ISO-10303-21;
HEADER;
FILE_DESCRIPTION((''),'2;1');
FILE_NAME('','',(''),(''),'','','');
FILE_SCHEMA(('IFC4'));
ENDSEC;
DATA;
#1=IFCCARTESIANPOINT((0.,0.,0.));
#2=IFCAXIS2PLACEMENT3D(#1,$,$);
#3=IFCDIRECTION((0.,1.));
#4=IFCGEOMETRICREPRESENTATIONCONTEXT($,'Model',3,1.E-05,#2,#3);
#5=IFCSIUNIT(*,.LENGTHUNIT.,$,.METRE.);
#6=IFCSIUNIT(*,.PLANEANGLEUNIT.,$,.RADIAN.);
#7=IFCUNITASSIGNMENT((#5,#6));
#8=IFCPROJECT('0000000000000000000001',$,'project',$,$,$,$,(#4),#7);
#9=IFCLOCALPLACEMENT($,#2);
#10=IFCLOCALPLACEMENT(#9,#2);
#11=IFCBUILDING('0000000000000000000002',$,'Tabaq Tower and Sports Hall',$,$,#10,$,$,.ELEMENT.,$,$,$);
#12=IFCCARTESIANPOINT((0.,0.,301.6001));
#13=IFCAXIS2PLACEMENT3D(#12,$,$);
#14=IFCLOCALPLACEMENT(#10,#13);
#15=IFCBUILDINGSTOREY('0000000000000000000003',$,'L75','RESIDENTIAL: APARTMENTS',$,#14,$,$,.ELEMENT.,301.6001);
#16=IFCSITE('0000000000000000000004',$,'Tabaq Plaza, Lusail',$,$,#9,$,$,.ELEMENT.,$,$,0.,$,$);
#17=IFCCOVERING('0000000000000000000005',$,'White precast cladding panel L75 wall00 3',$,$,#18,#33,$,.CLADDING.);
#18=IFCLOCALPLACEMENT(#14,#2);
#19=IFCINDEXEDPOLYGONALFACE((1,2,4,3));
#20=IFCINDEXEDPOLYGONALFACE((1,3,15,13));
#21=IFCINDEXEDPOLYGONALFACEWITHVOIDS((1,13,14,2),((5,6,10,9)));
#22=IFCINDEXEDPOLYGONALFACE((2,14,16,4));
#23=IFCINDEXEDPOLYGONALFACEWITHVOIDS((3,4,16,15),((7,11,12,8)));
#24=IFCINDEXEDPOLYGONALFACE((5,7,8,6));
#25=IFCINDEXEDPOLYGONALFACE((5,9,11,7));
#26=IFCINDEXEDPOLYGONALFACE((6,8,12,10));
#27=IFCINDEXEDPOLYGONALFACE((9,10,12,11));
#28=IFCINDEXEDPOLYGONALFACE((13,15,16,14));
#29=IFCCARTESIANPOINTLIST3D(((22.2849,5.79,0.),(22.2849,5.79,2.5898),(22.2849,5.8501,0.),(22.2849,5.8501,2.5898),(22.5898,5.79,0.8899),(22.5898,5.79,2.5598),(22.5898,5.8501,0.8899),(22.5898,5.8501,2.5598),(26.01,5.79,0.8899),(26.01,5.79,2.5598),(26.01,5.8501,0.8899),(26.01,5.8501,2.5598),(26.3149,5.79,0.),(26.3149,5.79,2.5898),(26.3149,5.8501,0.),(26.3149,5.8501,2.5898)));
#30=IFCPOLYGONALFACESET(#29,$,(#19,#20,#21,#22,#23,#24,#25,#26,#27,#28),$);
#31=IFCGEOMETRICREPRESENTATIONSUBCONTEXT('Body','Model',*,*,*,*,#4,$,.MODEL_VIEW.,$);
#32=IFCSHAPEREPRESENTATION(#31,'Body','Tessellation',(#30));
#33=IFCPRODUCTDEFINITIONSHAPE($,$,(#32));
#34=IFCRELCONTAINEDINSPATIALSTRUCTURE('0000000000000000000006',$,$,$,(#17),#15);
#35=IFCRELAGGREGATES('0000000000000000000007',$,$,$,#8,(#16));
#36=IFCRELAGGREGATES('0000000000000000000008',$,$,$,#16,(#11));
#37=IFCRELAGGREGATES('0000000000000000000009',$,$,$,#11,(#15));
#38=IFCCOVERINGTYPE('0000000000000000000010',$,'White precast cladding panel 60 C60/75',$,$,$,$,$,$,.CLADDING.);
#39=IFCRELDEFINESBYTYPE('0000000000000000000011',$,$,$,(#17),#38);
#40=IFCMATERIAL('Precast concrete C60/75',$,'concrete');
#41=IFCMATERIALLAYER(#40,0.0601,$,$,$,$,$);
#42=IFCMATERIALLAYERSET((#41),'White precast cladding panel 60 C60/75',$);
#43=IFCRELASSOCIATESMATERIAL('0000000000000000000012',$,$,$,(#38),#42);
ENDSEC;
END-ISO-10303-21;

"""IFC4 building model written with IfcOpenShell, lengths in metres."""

from ifc_helpers import new_model, si_unit, direction, frame, origin, place, context, subcontext, project, spatial, polyline, outline, extrude, material, layer, layer_set, type_object, element, save


model = new_model("IFC4")

# Units and contexts
model_context = context("Model", 3, precision=1e-05, world=origin(), true_north=direction((0.0, 1.0)))
body_context = subcontext(model_context, "Body", "Model", "MODEL_VIEW")
ifc_project = project(units=[si_unit("LENGTHUNIT", "METRE"), si_unit("PLANEANGLEUNIT", "RADIAN")], contexts=[model_context])

# Site, building, storey
site_placement = place(None, origin())
site = spatial("IfcSite", under=ifc_project, at=site_placement, Name="Tabaq Plaza, Lusail", CompositionType="ELEMENT", RefElevation=0.0)
building_placement = place(site_placement, origin())
building = spatial("IfcBuilding", under=site, at=building_placement, Name="Tabaq Tower and Sports Hall", CompositionType="ELEMENT")
storey_placement = place(building_placement, frame((0.0, 0.0, 301.6001)))
storey = spatial("IfcBuildingStorey", under=building, at=storey_placement, Name="L75", Description="RESIDENTIAL: APARTMENTS", CompositionType="ELEMENT", Elevation=301.6001)

# Covering
ifc_material_1 = material(Name="Precast concrete C60/75", Category="concrete")
ifc_layer_1 = layer(ifc_material_1, 0.0601)
ifc_layer_set_1 = layer_set([ifc_layer_1], Name="White precast cladding panel 60 C60/75")
covering_type = type_object("IfcCoveringType", Name="White precast cladding panel 60 C60/75", PredefinedType="CLADDING", material=ifc_layer_set_1)
covering_1_placement = place(storey_placement, frame((22.2849, 5.8201, 0.0), z_axis=(0.0, 0.0, 1.0), x_axis=(1.0, 0.0, 0.0)))
element("IfcCovering", 1, at=covering_1_placement, inside=storey, type_object=covering_type, Name="White precast cladding panel L75 wall00 3", PredefinedType="CLADDING", context=body_context, shape_type="SweptSolid", body=[
    extrude(outline(polyline([(0.0, 0.0), (4.03, 0.0), (4.03, 2.5898), (0.0, 2.5898), (0.0, 0.0)]), holes=[polyline([(3.7251, 0.8899), (0.3049, 0.8899), (0.3049, 2.5598), (3.7251, 2.5598), (3.7251, 0.8899)])]), frame((0.0, 0.03, 0.0), z_axis=(0.0, -1.0, 0.0), x_axis=(1.0, 0.0, 0.0)), (0.0, 0.0, 1.0), 0.0601),
])

save(model, "model.ifc")
